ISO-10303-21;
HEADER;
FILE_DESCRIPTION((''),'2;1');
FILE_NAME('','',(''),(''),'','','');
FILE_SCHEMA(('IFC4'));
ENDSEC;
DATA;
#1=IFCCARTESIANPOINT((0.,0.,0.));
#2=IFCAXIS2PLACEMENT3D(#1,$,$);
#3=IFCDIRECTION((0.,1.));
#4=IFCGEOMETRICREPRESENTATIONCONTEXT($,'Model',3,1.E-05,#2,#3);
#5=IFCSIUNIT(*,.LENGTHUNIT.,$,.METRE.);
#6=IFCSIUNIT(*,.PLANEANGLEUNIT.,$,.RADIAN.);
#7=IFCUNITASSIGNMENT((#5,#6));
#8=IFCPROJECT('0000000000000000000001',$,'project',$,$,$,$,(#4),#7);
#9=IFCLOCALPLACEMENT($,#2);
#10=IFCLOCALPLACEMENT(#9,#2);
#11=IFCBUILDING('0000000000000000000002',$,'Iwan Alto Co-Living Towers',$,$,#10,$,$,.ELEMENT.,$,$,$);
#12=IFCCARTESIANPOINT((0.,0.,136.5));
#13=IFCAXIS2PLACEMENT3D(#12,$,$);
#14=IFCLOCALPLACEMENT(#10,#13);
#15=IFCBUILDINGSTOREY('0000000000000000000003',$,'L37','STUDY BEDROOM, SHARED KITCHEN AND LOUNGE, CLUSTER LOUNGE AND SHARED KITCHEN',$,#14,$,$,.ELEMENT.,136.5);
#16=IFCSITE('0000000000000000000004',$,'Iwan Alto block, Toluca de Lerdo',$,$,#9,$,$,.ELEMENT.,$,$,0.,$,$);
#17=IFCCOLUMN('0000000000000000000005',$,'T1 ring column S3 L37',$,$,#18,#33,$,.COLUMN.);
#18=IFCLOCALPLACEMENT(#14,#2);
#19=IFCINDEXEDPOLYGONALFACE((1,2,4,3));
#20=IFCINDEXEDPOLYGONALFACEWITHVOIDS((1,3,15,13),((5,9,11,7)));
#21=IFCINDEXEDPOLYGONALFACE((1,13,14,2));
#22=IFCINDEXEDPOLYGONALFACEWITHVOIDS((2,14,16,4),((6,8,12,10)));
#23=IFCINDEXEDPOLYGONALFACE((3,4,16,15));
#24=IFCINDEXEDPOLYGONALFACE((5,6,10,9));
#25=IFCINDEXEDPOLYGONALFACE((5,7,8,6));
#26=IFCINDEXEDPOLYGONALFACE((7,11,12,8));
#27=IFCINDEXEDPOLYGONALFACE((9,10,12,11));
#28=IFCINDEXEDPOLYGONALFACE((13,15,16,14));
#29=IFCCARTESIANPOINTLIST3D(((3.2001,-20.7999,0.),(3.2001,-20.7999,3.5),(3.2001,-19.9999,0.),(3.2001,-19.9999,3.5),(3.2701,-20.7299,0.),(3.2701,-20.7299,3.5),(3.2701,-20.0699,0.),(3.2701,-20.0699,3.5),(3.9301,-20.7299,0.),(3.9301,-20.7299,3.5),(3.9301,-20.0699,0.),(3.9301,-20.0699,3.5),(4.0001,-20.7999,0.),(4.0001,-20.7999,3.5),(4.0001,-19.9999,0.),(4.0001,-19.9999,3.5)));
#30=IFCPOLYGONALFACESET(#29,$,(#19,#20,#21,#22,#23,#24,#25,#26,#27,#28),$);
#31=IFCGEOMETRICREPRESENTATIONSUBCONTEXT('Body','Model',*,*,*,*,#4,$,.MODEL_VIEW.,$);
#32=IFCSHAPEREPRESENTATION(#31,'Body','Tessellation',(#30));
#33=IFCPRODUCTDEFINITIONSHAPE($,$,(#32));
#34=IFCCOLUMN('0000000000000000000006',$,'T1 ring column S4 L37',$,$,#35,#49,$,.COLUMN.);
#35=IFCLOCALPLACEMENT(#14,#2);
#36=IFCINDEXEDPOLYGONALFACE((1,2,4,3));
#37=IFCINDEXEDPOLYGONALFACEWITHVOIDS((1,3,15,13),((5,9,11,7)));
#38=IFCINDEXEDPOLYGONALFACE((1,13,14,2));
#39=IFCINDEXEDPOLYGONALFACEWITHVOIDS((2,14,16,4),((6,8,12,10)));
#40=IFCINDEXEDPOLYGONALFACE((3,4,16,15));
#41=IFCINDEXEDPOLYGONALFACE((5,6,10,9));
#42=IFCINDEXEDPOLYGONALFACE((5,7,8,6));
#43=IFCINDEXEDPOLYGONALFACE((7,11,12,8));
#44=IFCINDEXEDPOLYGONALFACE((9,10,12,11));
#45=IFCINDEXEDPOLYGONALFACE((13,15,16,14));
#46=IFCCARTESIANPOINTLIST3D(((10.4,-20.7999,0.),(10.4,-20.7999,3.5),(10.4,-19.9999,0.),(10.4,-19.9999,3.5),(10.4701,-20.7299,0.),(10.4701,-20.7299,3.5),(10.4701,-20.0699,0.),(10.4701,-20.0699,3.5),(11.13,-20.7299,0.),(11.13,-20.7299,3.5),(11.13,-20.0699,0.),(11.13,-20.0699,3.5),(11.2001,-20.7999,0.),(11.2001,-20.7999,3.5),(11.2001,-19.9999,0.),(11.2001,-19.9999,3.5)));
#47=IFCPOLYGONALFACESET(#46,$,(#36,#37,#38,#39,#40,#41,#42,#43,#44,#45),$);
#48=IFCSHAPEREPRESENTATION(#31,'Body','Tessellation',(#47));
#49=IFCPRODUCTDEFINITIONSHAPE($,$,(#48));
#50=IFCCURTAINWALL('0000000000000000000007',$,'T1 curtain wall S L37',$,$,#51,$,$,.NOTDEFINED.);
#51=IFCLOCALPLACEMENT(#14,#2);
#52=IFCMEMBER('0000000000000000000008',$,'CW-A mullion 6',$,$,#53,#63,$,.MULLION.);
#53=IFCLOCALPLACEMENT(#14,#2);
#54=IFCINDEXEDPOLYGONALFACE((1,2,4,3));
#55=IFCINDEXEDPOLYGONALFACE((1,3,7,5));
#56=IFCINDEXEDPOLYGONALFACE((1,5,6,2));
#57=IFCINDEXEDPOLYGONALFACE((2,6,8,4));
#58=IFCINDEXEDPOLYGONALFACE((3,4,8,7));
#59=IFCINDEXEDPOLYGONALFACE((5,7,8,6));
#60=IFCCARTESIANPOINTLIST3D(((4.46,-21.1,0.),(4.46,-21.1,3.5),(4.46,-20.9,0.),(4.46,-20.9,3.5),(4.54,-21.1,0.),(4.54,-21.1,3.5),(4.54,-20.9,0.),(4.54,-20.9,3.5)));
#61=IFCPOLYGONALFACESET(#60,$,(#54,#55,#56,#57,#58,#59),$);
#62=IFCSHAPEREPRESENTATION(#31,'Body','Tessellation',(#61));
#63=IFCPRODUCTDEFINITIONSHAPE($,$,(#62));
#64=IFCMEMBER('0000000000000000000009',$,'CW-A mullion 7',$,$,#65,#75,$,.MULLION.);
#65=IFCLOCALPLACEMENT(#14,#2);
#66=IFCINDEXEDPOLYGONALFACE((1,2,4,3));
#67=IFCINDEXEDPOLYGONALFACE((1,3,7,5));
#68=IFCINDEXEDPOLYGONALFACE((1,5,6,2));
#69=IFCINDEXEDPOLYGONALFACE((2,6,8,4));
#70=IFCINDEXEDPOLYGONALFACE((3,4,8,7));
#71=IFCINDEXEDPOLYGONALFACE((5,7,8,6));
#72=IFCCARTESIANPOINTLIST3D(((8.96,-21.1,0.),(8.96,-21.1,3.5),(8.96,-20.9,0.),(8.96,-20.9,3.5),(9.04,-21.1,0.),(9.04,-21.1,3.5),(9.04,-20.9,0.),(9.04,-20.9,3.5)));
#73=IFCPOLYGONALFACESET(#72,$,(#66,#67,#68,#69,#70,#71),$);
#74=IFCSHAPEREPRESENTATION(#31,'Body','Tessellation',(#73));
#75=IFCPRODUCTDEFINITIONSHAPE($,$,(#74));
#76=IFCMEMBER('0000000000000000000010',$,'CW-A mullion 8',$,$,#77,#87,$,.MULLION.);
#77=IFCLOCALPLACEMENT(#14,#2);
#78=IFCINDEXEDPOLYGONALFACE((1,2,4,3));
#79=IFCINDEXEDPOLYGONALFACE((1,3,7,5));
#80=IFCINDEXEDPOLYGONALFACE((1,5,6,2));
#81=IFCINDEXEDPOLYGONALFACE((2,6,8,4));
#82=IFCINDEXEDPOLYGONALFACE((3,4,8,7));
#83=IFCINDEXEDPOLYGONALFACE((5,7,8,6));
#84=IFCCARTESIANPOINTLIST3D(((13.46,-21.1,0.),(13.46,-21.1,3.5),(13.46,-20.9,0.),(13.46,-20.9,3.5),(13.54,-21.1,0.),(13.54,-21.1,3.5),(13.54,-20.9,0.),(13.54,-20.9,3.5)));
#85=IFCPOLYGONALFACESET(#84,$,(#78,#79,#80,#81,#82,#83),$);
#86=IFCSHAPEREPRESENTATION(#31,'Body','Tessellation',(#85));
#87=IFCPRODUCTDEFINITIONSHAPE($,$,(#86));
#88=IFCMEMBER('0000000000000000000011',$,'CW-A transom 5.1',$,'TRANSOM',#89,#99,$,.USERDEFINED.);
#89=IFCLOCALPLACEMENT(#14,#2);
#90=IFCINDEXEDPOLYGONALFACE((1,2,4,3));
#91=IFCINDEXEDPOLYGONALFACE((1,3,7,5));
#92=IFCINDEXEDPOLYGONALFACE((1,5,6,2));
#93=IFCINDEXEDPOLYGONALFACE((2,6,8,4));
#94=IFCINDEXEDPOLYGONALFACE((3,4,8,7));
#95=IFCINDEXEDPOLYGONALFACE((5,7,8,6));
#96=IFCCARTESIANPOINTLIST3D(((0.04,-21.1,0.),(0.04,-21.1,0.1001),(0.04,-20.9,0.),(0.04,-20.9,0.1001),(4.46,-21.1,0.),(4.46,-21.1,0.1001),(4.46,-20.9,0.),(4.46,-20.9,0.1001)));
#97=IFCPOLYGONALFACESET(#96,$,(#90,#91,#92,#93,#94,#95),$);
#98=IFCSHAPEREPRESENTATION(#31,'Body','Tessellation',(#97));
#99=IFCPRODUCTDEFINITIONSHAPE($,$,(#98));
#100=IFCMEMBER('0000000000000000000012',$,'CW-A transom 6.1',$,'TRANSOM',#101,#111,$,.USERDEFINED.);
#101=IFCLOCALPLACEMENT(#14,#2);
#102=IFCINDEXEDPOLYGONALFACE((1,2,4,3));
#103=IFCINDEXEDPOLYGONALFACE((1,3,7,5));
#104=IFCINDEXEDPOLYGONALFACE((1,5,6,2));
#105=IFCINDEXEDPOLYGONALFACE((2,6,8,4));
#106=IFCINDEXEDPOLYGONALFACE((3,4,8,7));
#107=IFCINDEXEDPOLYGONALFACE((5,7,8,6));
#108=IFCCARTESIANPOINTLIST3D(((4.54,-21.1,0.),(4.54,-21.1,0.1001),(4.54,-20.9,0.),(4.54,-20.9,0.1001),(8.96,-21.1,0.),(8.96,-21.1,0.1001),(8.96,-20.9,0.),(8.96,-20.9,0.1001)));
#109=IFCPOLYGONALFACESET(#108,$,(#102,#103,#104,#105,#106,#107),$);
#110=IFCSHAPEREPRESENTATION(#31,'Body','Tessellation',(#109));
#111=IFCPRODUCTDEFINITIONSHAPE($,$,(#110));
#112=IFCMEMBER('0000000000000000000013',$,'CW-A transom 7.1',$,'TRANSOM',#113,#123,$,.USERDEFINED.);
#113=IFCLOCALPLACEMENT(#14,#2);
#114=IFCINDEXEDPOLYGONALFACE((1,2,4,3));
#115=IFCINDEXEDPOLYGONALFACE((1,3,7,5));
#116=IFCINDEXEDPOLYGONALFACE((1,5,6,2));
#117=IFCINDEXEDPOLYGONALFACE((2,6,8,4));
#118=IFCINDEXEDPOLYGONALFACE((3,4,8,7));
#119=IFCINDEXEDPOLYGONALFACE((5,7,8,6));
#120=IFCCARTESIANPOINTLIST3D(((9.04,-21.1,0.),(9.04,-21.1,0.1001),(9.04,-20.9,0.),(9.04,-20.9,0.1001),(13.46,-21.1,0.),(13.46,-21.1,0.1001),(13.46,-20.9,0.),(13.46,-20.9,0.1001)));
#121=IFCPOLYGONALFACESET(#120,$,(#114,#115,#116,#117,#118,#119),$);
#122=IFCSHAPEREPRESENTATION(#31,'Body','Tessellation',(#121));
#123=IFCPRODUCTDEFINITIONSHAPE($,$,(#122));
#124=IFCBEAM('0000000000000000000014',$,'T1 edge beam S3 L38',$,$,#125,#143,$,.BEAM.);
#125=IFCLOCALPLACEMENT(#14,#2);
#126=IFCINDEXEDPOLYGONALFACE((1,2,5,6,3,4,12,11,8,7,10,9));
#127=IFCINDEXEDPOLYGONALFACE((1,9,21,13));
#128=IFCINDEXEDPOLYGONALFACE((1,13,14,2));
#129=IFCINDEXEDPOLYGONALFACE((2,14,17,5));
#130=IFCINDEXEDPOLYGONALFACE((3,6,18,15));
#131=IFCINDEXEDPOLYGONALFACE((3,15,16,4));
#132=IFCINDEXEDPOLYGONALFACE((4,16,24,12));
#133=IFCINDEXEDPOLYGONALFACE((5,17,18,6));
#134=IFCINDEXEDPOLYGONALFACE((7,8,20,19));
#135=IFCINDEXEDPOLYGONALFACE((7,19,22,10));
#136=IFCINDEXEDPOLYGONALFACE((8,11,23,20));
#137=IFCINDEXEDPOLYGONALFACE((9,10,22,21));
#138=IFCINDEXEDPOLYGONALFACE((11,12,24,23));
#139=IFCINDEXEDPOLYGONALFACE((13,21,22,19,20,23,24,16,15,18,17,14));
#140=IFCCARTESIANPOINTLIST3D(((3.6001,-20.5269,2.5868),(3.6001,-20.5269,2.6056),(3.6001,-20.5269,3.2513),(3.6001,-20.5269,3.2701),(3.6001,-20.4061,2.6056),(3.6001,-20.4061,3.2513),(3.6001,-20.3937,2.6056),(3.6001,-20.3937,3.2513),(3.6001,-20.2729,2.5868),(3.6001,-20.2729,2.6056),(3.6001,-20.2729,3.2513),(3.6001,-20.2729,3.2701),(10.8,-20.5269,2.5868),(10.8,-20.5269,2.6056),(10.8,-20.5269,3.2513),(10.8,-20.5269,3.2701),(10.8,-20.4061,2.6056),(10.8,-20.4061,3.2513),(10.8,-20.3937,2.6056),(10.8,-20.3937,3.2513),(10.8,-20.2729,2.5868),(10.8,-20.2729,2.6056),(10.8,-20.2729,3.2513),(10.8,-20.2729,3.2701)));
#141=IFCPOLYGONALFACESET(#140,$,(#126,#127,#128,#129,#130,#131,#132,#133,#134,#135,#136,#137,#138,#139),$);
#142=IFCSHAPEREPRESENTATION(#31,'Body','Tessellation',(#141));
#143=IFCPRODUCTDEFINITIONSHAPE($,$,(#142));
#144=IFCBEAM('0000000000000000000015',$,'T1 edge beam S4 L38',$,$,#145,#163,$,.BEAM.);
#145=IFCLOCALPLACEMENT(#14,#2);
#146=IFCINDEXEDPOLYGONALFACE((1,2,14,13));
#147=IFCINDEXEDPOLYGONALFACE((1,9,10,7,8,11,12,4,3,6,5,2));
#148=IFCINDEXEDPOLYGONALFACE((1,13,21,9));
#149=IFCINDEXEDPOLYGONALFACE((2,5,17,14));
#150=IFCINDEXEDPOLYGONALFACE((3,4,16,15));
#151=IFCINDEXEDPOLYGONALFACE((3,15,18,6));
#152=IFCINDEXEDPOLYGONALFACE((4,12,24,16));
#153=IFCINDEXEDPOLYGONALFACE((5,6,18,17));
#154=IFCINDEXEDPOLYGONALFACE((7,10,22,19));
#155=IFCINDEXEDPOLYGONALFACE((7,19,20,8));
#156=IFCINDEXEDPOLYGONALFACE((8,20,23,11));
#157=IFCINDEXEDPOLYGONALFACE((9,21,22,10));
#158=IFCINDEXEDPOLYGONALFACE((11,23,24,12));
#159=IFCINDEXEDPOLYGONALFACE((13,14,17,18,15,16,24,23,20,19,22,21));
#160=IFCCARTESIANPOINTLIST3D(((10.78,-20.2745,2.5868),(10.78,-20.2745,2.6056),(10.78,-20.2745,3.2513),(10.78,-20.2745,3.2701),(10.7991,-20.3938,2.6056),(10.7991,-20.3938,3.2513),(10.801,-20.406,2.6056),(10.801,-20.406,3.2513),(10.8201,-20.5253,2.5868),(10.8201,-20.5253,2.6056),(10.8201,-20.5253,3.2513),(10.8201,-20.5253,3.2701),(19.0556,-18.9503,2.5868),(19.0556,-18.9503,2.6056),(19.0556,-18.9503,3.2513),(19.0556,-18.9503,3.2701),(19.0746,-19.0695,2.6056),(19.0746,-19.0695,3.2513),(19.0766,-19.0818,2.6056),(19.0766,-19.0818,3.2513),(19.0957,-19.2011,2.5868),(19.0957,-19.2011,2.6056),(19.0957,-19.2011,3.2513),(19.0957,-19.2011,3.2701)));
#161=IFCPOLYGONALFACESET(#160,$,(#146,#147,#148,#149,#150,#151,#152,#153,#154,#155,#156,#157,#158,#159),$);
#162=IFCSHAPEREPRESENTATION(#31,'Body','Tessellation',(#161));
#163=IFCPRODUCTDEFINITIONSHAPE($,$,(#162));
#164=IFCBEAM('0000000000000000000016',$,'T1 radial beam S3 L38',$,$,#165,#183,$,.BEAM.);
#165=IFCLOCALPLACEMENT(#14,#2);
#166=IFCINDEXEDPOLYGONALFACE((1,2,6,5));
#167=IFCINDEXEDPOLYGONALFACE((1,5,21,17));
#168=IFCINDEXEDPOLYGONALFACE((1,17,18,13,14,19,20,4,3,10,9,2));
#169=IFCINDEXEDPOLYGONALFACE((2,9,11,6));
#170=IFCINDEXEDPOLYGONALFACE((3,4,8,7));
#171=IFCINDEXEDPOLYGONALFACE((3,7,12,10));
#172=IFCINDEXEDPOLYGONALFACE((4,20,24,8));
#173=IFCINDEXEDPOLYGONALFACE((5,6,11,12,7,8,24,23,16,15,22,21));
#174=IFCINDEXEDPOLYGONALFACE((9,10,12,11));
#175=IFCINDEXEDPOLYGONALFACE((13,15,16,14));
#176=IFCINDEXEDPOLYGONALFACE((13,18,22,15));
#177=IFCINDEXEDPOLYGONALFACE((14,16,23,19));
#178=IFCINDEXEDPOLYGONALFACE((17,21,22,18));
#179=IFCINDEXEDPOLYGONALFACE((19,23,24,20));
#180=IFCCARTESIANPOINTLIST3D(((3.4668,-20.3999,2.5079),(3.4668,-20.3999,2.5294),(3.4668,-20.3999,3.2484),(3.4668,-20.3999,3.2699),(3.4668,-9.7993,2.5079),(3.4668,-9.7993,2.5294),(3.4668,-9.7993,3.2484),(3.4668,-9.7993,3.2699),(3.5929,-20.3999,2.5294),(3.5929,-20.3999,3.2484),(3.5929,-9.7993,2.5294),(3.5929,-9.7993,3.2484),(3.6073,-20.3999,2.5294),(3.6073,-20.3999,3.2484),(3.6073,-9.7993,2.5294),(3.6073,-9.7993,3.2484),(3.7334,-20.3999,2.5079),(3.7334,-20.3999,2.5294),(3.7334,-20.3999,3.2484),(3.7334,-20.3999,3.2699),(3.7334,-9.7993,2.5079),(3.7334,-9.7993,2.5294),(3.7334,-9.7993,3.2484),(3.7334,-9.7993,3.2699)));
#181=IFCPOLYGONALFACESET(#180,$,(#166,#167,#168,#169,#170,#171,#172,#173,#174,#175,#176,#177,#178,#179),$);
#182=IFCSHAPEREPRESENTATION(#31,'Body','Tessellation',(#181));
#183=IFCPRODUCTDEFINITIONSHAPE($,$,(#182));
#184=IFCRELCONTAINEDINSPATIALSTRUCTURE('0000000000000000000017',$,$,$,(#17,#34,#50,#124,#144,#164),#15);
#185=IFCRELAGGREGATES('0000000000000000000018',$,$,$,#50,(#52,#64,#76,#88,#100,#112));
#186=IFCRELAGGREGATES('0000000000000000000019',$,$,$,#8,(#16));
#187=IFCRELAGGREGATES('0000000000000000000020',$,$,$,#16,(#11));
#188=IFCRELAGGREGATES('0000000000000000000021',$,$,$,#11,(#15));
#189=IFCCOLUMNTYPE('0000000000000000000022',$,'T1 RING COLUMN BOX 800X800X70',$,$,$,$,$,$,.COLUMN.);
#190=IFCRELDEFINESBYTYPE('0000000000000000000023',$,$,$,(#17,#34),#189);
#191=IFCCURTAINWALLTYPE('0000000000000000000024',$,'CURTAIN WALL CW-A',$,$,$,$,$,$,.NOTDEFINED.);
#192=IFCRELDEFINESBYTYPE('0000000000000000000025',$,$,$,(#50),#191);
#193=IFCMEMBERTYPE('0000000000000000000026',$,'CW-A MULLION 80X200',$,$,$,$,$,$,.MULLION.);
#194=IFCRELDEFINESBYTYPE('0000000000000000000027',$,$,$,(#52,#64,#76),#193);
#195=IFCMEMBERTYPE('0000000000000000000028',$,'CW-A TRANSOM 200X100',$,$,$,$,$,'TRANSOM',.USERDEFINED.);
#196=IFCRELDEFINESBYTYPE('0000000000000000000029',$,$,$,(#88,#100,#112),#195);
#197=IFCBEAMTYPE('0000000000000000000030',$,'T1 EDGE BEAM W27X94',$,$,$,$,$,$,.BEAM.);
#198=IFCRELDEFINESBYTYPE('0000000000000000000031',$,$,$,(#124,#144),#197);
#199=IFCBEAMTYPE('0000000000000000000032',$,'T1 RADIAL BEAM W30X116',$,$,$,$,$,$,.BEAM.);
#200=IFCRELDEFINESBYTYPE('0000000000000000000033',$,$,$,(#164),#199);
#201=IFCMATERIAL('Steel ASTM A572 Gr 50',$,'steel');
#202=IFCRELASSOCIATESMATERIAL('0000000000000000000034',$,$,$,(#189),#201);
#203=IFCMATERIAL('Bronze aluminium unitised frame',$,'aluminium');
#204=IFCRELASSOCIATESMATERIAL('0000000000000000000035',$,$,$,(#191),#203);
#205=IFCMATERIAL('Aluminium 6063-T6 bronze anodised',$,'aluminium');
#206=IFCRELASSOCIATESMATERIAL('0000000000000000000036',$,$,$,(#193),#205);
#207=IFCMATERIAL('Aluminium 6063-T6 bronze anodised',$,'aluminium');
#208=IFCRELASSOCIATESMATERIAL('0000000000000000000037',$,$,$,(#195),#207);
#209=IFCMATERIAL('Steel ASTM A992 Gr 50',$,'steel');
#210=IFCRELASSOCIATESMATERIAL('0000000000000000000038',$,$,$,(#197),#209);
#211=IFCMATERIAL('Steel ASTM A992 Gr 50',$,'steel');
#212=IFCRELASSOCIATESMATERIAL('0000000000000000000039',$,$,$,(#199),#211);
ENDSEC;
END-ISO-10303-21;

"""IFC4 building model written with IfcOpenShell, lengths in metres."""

from ifc_helpers import new_model, si_unit, direction, frame, origin, origin_2d, place, context, subcontext, project, spatial, rectangle, hollow_rectangle, i_section, extrude, material, material_profile, profile_set, type_object, element, aggregate, save


model = new_model("IFC4")

# Units and contexts
model_context = context("Model", 3, precision=1e-05, world=origin(), true_north=direction((0.0, 1.0)))
body_context = subcontext(model_context, "Body", "Model", "MODEL_VIEW")
ifc_project = project(units=[si_unit("LENGTHUNIT", "METRE"), si_unit("PLANEANGLEUNIT", "RADIAN")], contexts=[model_context])

# Site, building, storey
site_placement = place(None, origin())
site = spatial("IfcSite", under=ifc_project, at=site_placement, Name="Iwan Alto block, Toluca de Lerdo", CompositionType="ELEMENT", RefElevation=0.0)
building_placement = place(site_placement, origin())
building = spatial("IfcBuilding", under=site, at=building_placement, Name="Iwan Alto Co-Living Towers", CompositionType="ELEMENT")
storey_placement = place(building_placement, frame((0.0, 0.0, 136.5)))
storey = spatial("IfcBuildingStorey", under=building, at=storey_placement, Name="L37", Description="STUDY BEDROOM, SHARED KITCHEN AND LOUNGE, CLUSTER LOUNGE AND SHARED KITCHEN", CompositionType="ELEMENT", Elevation=136.5)

# Columns
ifc_material_1 = material(Name="Steel ASTM A572 Gr 50", Category="steel")
ifc_material_profile_1 = material_profile(ifc_material_1, hollow_rectangle(XDim=0.8, YDim=0.8, WallThickness=0.0701, at=origin_2d()), Name="BOX 800X800X70")
ifc_profile_set_1 = profile_set([ifc_material_profile_1], Name="Steel ASTM A572 Gr 50")
column_type = type_object("IfcColumnType", Name="T1 RING COLUMN BOX 800X800X70", PredefinedType="COLUMN", material=ifc_profile_set_1)
for number, where, z_axis, x_axis, name in (
    (1, (3.6001, -20.3999, 0.0), (0.0, 0.0, 1.0), (1.0, 0.0, 0.0), "T1 ring column S3 L37"),
    (2, (10.8, -20.3999, 0.0), (0.0, 0.0, 1.0), (1.0, 0.0, 0.0), "T1 ring column S4 L37"),
):
    element("IfcColumn", number, at=place(storey_placement, frame(where, z_axis=z_axis, x_axis=x_axis)), inside=storey, type_object=column_type, Name=name, PredefinedType="COLUMN", context=body_context, shape_type="SweptSolid", body=[
        extrude(hollow_rectangle(XDim=0.8, YDim=0.8, WallThickness=0.0701, at=origin_2d()), origin(), (0.0, 0.0, 1.0), 3.5),
    ])

# Curtain wall, members
ifc_material_2 = material(Name="Bronze aluminium unitised frame", Category="aluminium")
curtain_wall_type = type_object("IfcCurtainWallType", Name="CURTAIN WALL CW-A", PredefinedType="NOTDEFINED", material=ifc_material_2)
curtain_wall_placement = place(storey_placement, origin())
curtain_wall = element("IfcCurtainWall", 3, at=curtain_wall_placement, inside=storey, type_object=curtain_wall_type, Name="T1 curtain wall S L37", PredefinedType="NOTDEFINED")
ifc_material_3 = material(Name="Aluminium 6063-T6 bronze anodised", Category="aluminium")
ifc_material_profile_2 = material_profile(ifc_material_3, rectangle(XDim=0.2, YDim=0.0801, at=origin_2d()), Name="AL 80X200")
ifc_profile_set_2 = profile_set([ifc_material_profile_2], Name="Aluminium 6063-T6 bronze anodised")
member_type_1 = type_object("IfcMemberType", Name="CW-A MULLION 80X200", PredefinedType="MULLION", material=ifc_profile_set_2)
member_1_placement = place(storey_placement, frame((4.5, -21.0, 0.0), z_axis=(0.0, 0.0, 1.0), x_axis=(0.0, 1.0, 0.0)))
member_1 = element("IfcMember", 4, at=member_1_placement, type_object=member_type_1, Name="CW-A mullion 6", PredefinedType="MULLION", context=body_context, shape_type="SweptSolid", body=[
    extrude(rectangle(XDim=0.2, YDim=0.0801, at=origin_2d()), origin(), (0.0, 0.0, 1.0), 3.5),
])
member_2_placement = place(storey_placement, frame((9.0, -21.0, 0.0), z_axis=(0.0, 0.0, 1.0), x_axis=(0.0, 1.0, 0.0)))
member_2 = element("IfcMember", 5, at=member_2_placement, type_object=member_type_1, Name="CW-A mullion 7", PredefinedType="MULLION", context=body_context, shape_type="SweptSolid", body=[
    extrude(rectangle(XDim=0.2, YDim=0.0801, at=origin_2d()), origin(), (0.0, 0.0, 1.0), 3.5),
])
member_3_placement = place(storey_placement, frame((13.5, -21.0, 0.0), z_axis=(0.0, 0.0, 1.0), x_axis=(0.0, 1.0, 0.0)))
member_3 = element("IfcMember", 6, at=member_3_placement, type_object=member_type_1, Name="CW-A mullion 8", PredefinedType="MULLION", context=body_context, shape_type="SweptSolid", body=[
    extrude(rectangle(XDim=0.2, YDim=0.0801, at=origin_2d()), origin(), (0.0, 0.0, 1.0), 3.5),
])
ifc_material_4 = material(Name="Aluminium 6063-T6 bronze anodised", Category="aluminium")
ifc_material_profile_3 = material_profile(ifc_material_4, rectangle(XDim=0.2, YDim=0.1001, at=origin_2d()), Name="AL 200X100")
ifc_profile_set_3 = profile_set([ifc_material_profile_3], Name="Aluminium 6063-T6 bronze anodised")
member_type_2 = type_object("IfcMemberType", Name="CW-A TRANSOM 200X100", ElementType="TRANSOM", PredefinedType="USERDEFINED", material=ifc_profile_set_3)
member_4_placement = place(storey_placement, frame((0.04, -21.0, 0.05), z_axis=(1.0, 0.0, 0.0), x_axis=(0.0, 1.0, 0.0)))
member_4 = element("IfcMember", 7, at=member_4_placement, type_object=member_type_2, Name="CW-A transom 5.1", ObjectType="TRANSOM", PredefinedType="USERDEFINED", context=body_context, shape_type="SweptSolid", body=[
    extrude(rectangle(XDim=0.2, YDim=0.1001, at=origin_2d()), origin(), (0.0, 0.0, 1.0), 4.4199),
])
member_5_placement = place(storey_placement, frame((4.54, -21.0, 0.05), z_axis=(1.0, 0.0, 0.0), x_axis=(0.0, 1.0, 0.0)))
member_5 = element("IfcMember", 8, at=member_5_placement, type_object=member_type_2, Name="CW-A transom 6.1", ObjectType="TRANSOM", PredefinedType="USERDEFINED", context=body_context, shape_type="SweptSolid", body=[
    extrude(rectangle(XDim=0.2, YDim=0.1001, at=origin_2d()), origin(), (0.0, 0.0, 1.0), 4.4199),
])
member_6_placement = place(storey_placement, frame((9.04, -21.0, 0.05), z_axis=(1.0, 0.0, 0.0), x_axis=(0.0, 1.0, 0.0)))
member_6 = element("IfcMember", 9, at=member_6_placement, type_object=member_type_2, Name="CW-A transom 7.1", ObjectType="TRANSOM", PredefinedType="USERDEFINED", context=body_context, shape_type="SweptSolid", body=[
    extrude(rectangle(XDim=0.2, YDim=0.1001, at=origin_2d()), origin(), (0.0, 0.0, 1.0), 4.4199),
])

# Beams
ifc_material_5 = material(Name="Steel ASTM A992 Gr 50", Category="steel")
ifc_material_profile_4 = material_profile(ifc_material_5, i_section(OverallWidth=0.2539, OverallDepth=0.6833, WebThickness=0.0125, FlangeThickness=0.0188, at=origin_2d()), Name="W27X94")
ifc_profile_set_4 = profile_set([ifc_material_profile_4], Name="Steel ASTM A992 Gr 50")
beam_type_1 = type_object("IfcBeamType", Name="T1 EDGE BEAM W27X94", PredefinedType="BEAM", material=ifc_profile_set_4)
beam_1_placement = place(storey_placement, frame((3.6001, -20.3999, 2.9285), z_axis=(1.0, 0.0, 0.0), x_axis=(0.0, 1.0, 0.0)))
element("IfcBeam", 10, at=beam_1_placement, inside=storey, type_object=beam_type_1, Name="T1 edge beam S3 L38", PredefinedType="BEAM", context=body_context, shape_type="SweptSolid", body=[
    extrude(i_section(OverallWidth=0.2539, OverallDepth=0.6833, WebThickness=0.0125, FlangeThickness=0.0188, at=origin_2d()), origin(), (0.0, 0.0, 1.0), 7.2),
])
beam_2_placement = place(storey_placement, frame((10.8, -20.3999, 2.9285), z_axis=(0.987438, 0.158004, 0.0), x_axis=(-0.158004, 0.987438, 0.0)))
element("IfcBeam", 11, at=beam_2_placement, inside=storey, type_object=beam_type_1, Name="T1 edge beam S4 L38", PredefinedType="BEAM", context=body_context, shape_type="SweptSolid", body=[
    extrude(i_section(OverallWidth=0.2539, OverallDepth=0.6833, WebThickness=0.0125, FlangeThickness=0.0188, at=origin_2d()), origin(), (0.0, 0.0, 1.0), 8.3809),
])
ifc_material_6 = material(Name="Steel ASTM A992 Gr 50", Category="steel")
ifc_material_profile_5 = material_profile(ifc_material_6, i_section(OverallWidth=0.2666, OverallDepth=0.762, WebThickness=0.0144, FlangeThickness=0.0215, at=origin_2d()), Name="W30X116")
ifc_profile_set_5 = profile_set([ifc_material_profile_5], Name="Steel ASTM A992 Gr 50")
beam_type_2 = type_object("IfcBeamType", Name="T1 RADIAL BEAM W30X116", PredefinedType="BEAM", material=ifc_profile_set_5)
beam_3_placement = place(storey_placement, frame((3.6001, -20.3999, 2.8889), z_axis=(0.0, 1.0, 0.0), x_axis=(-1.0, 0.0, 0.0)))
element("IfcBeam", 12, at=beam_3_placement, inside=storey, type_object=beam_type_2, Name="T1 radial beam S3 L38", PredefinedType="BEAM", context=body_context, shape_type="SweptSolid", body=[
    extrude(i_section(OverallWidth=0.2666, OverallDepth=0.762, WebThickness=0.0144, FlangeThickness=0.0215, at=origin_2d()), origin(), (0.0, 0.0, 1.0), 10.6006),
])

aggregate(curtain_wall, [member_1, member_2, member_3, member_4, member_5, member_6])

save(model, "model.ifc")
